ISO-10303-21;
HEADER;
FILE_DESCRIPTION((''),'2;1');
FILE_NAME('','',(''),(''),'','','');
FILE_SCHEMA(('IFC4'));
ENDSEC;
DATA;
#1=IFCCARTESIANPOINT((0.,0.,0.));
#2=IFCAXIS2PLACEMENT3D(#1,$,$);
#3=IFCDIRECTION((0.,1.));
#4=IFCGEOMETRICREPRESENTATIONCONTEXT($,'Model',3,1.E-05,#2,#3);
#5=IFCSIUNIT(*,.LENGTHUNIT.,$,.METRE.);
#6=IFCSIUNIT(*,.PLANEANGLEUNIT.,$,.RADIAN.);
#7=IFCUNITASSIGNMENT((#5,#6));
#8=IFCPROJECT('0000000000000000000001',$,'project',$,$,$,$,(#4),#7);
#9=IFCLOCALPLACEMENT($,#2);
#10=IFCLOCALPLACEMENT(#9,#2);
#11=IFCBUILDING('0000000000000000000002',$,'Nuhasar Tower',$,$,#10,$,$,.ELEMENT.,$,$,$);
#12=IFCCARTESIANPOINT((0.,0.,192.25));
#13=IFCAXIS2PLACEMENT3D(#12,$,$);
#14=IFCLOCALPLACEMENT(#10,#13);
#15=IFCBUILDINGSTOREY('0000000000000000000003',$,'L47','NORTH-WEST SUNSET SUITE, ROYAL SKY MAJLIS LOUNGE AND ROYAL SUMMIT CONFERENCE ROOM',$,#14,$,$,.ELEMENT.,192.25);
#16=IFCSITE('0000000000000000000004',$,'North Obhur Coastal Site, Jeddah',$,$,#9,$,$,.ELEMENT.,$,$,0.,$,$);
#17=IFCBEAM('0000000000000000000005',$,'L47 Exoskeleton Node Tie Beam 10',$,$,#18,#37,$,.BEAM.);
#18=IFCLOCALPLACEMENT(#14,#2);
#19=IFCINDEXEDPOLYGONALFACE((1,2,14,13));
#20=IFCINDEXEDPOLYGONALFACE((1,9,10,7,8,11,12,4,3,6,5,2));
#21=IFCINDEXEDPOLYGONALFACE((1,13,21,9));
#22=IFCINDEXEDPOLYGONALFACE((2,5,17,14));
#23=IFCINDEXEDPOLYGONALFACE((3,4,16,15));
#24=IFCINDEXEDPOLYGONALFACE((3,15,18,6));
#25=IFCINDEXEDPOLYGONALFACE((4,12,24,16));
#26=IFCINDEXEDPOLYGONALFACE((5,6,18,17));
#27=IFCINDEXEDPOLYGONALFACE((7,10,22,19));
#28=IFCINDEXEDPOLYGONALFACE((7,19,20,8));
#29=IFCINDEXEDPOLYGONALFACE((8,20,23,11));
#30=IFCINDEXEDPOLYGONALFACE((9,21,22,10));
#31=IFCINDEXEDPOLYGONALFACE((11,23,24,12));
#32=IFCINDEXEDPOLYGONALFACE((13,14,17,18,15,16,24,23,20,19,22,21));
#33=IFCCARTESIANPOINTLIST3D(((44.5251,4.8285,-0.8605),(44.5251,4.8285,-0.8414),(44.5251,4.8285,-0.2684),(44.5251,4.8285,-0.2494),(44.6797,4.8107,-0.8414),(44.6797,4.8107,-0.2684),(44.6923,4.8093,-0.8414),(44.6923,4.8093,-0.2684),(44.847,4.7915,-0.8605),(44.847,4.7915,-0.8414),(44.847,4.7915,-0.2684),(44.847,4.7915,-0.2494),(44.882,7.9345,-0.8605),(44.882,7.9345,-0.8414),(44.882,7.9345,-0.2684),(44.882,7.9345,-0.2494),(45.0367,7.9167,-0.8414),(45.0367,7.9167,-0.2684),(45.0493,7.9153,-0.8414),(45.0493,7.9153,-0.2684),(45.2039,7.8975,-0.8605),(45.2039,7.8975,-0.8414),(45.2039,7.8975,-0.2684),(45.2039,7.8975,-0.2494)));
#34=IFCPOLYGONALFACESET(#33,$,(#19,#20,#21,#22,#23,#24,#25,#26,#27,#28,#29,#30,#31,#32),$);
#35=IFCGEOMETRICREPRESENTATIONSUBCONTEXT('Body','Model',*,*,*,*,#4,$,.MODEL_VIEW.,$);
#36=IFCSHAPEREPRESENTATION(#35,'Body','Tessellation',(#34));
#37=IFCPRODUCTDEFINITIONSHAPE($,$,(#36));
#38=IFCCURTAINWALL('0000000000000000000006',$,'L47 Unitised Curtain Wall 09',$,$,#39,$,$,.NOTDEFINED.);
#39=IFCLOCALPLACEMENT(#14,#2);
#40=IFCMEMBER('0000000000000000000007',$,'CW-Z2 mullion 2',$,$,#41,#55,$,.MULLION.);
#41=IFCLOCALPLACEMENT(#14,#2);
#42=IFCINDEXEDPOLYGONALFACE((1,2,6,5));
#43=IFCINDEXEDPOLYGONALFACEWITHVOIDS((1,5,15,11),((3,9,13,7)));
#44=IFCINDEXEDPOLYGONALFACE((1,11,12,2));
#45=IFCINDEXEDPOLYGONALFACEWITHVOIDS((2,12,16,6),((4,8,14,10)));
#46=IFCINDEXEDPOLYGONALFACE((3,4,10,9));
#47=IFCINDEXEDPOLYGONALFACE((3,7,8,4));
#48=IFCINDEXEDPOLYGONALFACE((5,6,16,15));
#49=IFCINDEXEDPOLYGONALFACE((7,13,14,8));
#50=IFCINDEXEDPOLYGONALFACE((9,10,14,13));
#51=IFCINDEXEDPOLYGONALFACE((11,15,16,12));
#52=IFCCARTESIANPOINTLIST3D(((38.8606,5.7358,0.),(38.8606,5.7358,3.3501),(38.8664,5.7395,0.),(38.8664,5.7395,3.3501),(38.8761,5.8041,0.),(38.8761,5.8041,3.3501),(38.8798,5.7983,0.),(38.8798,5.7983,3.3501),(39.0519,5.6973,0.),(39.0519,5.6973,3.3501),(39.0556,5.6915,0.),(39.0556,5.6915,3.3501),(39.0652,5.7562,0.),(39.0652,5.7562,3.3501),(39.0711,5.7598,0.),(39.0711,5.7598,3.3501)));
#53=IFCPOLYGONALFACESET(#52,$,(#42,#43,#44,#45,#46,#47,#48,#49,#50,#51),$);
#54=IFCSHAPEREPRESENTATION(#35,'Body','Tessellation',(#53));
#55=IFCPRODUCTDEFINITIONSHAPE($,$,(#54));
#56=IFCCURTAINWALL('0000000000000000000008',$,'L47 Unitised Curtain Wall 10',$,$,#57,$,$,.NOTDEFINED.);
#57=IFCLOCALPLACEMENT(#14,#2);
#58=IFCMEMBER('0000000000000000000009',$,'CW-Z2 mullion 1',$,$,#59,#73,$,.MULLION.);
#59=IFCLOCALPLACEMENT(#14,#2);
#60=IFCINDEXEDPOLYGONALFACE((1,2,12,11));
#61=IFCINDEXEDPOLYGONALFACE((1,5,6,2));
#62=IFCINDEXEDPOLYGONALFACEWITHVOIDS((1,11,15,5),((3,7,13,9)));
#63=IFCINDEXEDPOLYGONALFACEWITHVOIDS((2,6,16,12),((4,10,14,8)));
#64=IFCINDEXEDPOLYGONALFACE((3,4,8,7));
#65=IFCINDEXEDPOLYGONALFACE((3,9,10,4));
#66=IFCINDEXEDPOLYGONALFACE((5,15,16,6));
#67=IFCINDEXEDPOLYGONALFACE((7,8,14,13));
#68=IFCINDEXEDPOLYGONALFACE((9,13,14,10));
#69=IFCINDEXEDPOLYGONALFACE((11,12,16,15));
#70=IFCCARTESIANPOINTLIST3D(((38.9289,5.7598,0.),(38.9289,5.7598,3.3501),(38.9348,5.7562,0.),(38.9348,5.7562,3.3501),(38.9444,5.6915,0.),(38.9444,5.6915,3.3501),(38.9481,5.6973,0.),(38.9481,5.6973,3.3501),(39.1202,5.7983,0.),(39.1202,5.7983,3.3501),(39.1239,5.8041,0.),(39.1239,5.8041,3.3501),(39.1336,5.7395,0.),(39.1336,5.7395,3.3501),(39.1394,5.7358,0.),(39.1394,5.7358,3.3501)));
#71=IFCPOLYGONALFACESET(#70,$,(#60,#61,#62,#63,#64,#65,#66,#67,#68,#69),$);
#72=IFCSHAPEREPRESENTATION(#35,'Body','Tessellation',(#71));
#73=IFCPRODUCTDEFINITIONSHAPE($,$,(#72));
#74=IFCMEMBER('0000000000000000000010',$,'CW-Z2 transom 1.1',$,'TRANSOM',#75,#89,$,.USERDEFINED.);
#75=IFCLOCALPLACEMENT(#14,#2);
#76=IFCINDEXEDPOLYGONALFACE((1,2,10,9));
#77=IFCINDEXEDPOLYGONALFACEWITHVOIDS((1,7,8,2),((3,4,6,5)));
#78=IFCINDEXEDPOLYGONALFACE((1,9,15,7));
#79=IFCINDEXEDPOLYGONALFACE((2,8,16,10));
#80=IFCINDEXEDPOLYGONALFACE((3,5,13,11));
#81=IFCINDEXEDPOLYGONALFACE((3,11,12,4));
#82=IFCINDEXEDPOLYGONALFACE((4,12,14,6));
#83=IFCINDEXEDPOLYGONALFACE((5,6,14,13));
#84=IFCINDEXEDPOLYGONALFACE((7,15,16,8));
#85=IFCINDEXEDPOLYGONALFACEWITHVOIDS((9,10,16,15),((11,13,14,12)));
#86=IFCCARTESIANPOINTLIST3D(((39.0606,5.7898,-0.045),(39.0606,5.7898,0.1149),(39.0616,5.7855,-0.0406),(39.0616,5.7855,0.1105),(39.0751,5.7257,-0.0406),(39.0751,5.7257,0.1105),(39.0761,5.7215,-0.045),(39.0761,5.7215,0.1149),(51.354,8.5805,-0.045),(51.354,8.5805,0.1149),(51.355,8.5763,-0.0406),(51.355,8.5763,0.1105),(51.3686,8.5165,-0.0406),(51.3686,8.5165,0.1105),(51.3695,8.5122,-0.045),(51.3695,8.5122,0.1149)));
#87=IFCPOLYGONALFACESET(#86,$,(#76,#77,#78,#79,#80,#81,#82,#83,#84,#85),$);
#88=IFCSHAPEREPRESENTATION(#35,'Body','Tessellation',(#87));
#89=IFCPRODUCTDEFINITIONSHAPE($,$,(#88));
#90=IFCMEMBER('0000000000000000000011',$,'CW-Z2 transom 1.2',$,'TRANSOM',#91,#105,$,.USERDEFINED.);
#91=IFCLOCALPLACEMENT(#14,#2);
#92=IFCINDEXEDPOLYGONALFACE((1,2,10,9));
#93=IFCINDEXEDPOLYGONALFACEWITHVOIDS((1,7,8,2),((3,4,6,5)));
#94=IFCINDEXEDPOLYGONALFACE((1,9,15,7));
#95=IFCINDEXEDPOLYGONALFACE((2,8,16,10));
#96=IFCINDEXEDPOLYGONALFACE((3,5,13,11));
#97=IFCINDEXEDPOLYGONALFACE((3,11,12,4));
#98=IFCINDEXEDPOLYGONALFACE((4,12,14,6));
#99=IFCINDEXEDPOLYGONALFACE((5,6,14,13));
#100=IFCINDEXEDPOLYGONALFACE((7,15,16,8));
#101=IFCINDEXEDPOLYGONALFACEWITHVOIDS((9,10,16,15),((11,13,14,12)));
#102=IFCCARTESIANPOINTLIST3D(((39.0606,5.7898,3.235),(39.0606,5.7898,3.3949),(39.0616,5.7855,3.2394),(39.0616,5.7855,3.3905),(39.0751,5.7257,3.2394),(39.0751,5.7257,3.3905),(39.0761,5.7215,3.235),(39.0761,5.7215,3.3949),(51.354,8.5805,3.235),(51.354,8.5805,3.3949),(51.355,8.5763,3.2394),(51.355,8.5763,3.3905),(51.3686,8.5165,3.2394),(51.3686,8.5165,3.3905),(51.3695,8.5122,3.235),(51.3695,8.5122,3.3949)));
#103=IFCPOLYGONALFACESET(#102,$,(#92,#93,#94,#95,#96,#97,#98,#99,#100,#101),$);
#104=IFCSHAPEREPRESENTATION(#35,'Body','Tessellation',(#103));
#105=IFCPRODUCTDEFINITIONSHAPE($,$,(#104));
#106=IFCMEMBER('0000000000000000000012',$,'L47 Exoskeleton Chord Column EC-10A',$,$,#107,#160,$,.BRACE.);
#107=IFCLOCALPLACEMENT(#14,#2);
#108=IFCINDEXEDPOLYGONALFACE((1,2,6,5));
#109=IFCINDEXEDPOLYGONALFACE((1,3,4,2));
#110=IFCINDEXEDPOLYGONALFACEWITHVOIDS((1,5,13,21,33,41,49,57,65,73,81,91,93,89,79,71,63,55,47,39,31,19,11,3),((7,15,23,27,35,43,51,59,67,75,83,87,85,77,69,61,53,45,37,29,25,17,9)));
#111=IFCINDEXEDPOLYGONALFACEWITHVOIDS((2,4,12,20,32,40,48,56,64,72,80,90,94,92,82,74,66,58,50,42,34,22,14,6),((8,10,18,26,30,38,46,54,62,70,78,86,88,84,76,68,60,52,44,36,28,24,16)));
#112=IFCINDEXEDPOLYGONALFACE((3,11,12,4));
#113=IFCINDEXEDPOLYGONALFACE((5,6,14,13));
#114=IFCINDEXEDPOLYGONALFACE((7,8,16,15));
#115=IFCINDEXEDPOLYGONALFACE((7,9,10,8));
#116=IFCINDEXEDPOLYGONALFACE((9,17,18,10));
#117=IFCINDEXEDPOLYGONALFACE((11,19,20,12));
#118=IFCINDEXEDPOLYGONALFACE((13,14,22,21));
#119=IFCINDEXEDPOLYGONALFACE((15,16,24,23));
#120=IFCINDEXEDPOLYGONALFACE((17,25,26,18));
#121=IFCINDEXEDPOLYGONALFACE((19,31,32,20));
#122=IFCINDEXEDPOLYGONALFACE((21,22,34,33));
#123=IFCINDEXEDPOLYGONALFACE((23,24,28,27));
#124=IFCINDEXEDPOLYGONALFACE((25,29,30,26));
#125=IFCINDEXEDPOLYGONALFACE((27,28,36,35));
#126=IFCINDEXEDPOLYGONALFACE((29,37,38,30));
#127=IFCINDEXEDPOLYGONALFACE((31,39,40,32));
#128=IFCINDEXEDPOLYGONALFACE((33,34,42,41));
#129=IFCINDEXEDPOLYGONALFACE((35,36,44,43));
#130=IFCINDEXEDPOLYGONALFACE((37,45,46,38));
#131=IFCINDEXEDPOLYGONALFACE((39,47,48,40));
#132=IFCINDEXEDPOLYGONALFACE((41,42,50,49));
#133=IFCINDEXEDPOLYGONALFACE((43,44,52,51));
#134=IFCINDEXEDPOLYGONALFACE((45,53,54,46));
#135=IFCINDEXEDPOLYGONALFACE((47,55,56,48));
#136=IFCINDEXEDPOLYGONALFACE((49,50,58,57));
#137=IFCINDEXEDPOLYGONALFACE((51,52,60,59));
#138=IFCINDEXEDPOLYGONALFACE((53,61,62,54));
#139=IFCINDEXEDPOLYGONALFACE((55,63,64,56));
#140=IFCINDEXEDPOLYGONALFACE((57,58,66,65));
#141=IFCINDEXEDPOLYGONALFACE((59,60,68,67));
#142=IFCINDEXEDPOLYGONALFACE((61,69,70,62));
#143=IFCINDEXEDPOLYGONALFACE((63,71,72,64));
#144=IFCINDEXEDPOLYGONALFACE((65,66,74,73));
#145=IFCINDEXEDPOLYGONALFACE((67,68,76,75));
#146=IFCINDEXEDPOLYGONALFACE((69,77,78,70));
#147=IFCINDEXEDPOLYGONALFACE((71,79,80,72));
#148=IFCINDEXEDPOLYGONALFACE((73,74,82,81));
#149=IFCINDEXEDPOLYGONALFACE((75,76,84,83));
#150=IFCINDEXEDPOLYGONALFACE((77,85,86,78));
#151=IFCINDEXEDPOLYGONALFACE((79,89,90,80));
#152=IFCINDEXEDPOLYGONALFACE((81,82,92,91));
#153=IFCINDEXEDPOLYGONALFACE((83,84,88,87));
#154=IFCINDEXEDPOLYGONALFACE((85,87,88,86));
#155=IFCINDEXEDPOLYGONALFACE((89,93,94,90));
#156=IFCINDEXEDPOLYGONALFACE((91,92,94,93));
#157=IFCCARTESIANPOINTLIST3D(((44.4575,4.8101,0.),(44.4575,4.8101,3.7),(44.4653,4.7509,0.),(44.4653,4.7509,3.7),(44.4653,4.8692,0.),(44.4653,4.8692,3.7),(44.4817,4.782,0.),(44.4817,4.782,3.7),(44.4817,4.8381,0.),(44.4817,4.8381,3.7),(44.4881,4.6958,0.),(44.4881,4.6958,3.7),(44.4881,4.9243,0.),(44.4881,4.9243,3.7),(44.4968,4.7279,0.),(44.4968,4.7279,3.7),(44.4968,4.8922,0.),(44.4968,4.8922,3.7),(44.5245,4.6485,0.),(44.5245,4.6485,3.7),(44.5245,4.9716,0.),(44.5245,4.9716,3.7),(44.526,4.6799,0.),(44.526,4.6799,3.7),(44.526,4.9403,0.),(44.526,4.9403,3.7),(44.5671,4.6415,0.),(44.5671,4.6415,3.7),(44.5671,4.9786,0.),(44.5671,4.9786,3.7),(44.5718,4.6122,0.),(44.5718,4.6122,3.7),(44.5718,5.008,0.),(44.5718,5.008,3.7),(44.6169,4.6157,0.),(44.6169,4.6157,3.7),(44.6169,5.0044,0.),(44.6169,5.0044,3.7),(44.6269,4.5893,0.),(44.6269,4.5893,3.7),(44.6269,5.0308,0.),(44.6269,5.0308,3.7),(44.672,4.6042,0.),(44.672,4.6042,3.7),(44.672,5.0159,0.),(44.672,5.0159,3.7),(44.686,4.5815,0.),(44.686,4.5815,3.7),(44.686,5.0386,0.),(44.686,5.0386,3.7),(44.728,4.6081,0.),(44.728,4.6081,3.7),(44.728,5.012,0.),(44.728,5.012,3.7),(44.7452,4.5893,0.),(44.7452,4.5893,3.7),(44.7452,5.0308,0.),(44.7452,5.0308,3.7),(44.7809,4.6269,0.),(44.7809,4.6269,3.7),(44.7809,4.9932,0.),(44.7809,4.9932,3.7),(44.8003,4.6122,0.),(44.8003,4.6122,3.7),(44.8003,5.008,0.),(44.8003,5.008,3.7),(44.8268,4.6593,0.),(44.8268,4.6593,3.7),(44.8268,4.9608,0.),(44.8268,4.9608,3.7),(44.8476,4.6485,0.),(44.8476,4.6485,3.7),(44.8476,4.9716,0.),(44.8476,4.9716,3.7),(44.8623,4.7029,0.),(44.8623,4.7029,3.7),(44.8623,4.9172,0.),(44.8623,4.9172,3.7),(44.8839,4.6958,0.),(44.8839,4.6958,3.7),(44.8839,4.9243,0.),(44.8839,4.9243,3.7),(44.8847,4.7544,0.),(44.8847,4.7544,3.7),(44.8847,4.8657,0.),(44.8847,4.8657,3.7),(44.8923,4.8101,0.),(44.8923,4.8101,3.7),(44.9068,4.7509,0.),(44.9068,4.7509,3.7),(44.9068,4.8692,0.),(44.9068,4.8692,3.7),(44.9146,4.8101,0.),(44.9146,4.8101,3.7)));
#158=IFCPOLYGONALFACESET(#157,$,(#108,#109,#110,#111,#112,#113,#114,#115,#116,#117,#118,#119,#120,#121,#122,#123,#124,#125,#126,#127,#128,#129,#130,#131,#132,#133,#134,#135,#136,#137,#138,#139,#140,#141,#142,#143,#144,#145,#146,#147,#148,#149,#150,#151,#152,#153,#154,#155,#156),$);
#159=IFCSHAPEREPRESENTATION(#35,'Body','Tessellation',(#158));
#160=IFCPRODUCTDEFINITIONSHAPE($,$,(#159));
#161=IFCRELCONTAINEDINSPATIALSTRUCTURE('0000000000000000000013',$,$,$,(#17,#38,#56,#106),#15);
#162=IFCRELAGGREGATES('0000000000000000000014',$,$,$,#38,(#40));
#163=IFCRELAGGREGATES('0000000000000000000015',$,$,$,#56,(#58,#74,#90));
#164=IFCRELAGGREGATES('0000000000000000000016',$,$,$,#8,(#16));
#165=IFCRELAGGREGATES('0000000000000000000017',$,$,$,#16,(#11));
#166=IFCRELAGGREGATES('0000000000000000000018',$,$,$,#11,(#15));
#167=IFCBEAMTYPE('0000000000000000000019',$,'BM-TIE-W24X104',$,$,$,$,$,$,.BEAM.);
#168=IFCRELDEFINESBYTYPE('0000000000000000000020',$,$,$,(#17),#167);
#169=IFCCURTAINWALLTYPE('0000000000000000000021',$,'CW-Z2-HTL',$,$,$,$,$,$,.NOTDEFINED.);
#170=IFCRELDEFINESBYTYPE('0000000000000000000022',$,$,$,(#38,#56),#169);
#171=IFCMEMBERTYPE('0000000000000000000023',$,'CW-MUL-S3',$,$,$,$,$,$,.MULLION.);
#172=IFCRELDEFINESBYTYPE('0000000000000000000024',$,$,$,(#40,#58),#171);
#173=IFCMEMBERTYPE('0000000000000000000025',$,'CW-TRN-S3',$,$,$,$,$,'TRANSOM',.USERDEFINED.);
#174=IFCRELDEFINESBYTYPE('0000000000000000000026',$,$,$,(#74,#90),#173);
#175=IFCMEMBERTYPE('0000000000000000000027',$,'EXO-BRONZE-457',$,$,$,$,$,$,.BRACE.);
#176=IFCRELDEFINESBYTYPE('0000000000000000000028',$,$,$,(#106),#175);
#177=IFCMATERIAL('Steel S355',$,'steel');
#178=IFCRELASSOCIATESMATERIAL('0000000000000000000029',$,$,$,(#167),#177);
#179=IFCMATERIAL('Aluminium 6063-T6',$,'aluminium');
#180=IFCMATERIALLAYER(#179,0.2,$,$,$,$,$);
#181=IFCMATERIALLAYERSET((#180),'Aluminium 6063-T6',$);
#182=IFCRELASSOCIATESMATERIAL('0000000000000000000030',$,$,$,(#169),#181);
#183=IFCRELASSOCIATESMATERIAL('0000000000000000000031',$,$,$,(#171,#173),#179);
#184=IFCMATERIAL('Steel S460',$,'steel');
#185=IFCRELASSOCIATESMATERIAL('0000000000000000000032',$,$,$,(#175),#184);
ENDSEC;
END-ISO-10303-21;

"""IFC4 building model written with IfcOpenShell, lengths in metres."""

from ifc_helpers import new_model, si_unit, direction, frame, origin, origin_2d, place, context, subcontext, project, spatial, hollow_rectangle, hollow_circle, i_section, extrude, material, layer, layer_set, material_profile, profile_set, type_object, element, aggregate, save


model = new_model("IFC4")

# Units and contexts
model_context = context("Model", 3, precision=1e-05, world=origin(), true_north=direction((0.0, 1.0)))
body_context = subcontext(model_context, "Body", "Model", "MODEL_VIEW")
ifc_project = project(units=[si_unit("LENGTHUNIT", "METRE"), si_unit("PLANEANGLEUNIT", "RADIAN")], contexts=[model_context])

# Site, building, storey
site_placement = place(None, origin())
site = spatial("IfcSite", under=ifc_project, at=site_placement, Name="North Obhur Coastal Site, Jeddah", CompositionType="ELEMENT", RefElevation=0.0)
building_placement = place(site_placement, origin())
building = spatial("IfcBuilding", under=site, at=building_placement, Name="Nuhasar Tower", CompositionType="ELEMENT")
storey_placement = place(building_placement, frame((0.0, 0.0, 192.25)))
storey = spatial("IfcBuildingStorey", under=building, at=storey_placement, Name="L47", Description="NORTH-WEST SUNSET SUITE, ROYAL SKY MAJLIS LOUNGE AND ROYAL SUMMIT CONFERENCE ROOM", CompositionType="ELEMENT", Elevation=192.25)

# Beam
ifc_material_1 = material(Name="Steel S355", Category="steel")
ifc_material_profile_1 = material_profile(ifc_material_1, i_section(OverallWidth=0.324, OverallDepth=0.6111, WebThickness=0.0127, FlangeThickness=0.019, at=origin_2d()), Name="W24X104")
ifc_profile_set_1 = profile_set([ifc_material_profile_1], Name="Steel S355")
beam_type_1 = type_object("IfcBeamType", Name="BM-TIE-W24X104", PredefinedType="BEAM", material=ifc_profile_set_1)
beam_1_placement = place(storey_placement, frame((45.043, 7.916, -0.5549), z_axis=(-0.114168, -0.993461, 0.0), x_axis=(0.993461, -0.114168, 0.0)))
element("IfcBeam", 1, at=beam_1_placement, inside=storey, type_object=beam_type_1, Name="L47 Exoskeleton Node Tie Beam 10", PredefinedType="BEAM", context=body_context, shape_type="SweptSolid", body=[
    extrude(i_section(OverallWidth=0.324, OverallDepth=0.6111, WebThickness=0.0127, FlangeThickness=0.019, at=origin_2d()), origin(), (0.0, 0.0, 1.0), 3.1265),
])

# Curtain wall, member
ifc_material_2 = material(Name="Aluminium 6063-T6", Category="aluminium")
ifc_layer_1 = layer(ifc_material_2, 0.2)
ifc_layer_set_1 = layer_set([ifc_layer_1], Name="Aluminium 6063-T6")
curtain_wall_type = type_object("IfcCurtainWallType", Name="CW-Z2-HTL", PredefinedType="NOTDEFINED", material=ifc_layer_set_1)
curtain_wall_1_placement = place(storey_placement, origin())
curtain_wall_1 = element("IfcCurtainWall", 2, at=curtain_wall_1_placement, inside=storey, type_object=curtain_wall_type, Name="L47 Unitised Curtain Wall 09", PredefinedType="NOTDEFINED")
ifc_material_profile_2 = material_profile(ifc_material_2, hollow_rectangle(XDim=0.0701, YDim=0.2, WallThickness=0.0049, at=origin_2d()), Name="CWM-3")
ifc_profile_set_2 = profile_set([ifc_material_profile_2], Name="Aluminium 6063-T6")
member_type_1 = type_object("IfcMemberType", Name="CW-MUL-S3", PredefinedType="MULLION", material=ifc_profile_set_2)
member_1_placement = place(storey_placement, frame((38.9658, 5.7478, 0.0), z_axis=(0.0, 0.0, 1.0), x_axis=(0.221397, 0.975184, 0.0)))
member_1 = element("IfcMember", 3, at=member_1_placement, type_object=member_type_1, Name="CW-Z2 mullion 2", PredefinedType="MULLION", context=body_context, shape_type="SweptSolid", body=[
    extrude(hollow_rectangle(XDim=0.0701, YDim=0.2, WallThickness=0.0049, at=origin_2d()), origin(), (0.0, 0.0, 1.0), 3.3501),
])
aggregate(curtain_wall_1, [member_1])

# Curtain wall, members
curtain_wall_2_placement = place(storey_placement, origin())
curtain_wall_2 = element("IfcCurtainWall", 4, at=curtain_wall_2_placement, inside=storey, type_object=curtain_wall_type, Name="L47 Unitised Curtain Wall 10", PredefinedType="NOTDEFINED")
member_2_placement = place(storey_placement, frame((39.0342, 5.7478, 0.0), z_axis=(0.0, 0.0, 1.0), x_axis=(-0.221397, 0.975184, 0.0)))
member_2 = element("IfcMember", 5, at=member_2_placement, type_object=member_type_1, Name="CW-Z2 mullion 1", PredefinedType="MULLION", context=body_context, shape_type="SweptSolid", body=[
    extrude(hollow_rectangle(XDim=0.0701, YDim=0.2, WallThickness=0.0049, at=origin_2d()), origin(), (0.0, 0.0, 1.0), 3.3501),
])
ifc_material_profile_3 = material_profile(ifc_material_2, hollow_rectangle(XDim=0.0701, YDim=0.1599, WallThickness=0.0044, at=origin_2d()), Name="CWT-3")
ifc_profile_set_3 = profile_set([ifc_material_profile_3], Name="Aluminium 6063-T6")
member_type_2 = type_object("IfcMemberType", Name="CW-TRN-S3", ElementType="TRANSOM", PredefinedType="USERDEFINED", material=ifc_profile_set_3)
member_3_placement = place(storey_placement, frame((39.0684, 5.7556, 0.0349), z_axis=(0.975188, 0.22138, 0.0), x_axis=(-0.22138, 0.975188, 0.0)))
member_3 = element("IfcMember", 6, at=member_3_placement, type_object=member_type_2, Name="CW-Z2 transom 1.1", ObjectType="TRANSOM", PredefinedType="USERDEFINED", context=body_context, shape_type="SweptSolid", body=[
    extrude(hollow_rectangle(XDim=0.0701, YDim=0.1599, WallThickness=0.0044, at=origin_2d()), origin(), (0.0, 0.0, 1.0), 12.6062),
])
member_4_placement = place(storey_placement, frame((39.0684, 5.7556, 3.3149), z_axis=(0.975188, 0.22138, 0.0), x_axis=(-0.22138, 0.975188, 0.0)))
member_4 = element("IfcMember", 7, at=member_4_placement, type_object=member_type_2, Name="CW-Z2 transom 1.2", ObjectType="TRANSOM", PredefinedType="USERDEFINED", context=body_context, shape_type="SweptSolid", body=[
    extrude(hollow_rectangle(XDim=0.0701, YDim=0.1599, WallThickness=0.0044, at=origin_2d()), origin(), (0.0, 0.0, 1.0), 12.6062),
])

# Member
ifc_material_3 = material(Name="Steel S460", Category="steel")
ifc_material_profile_4 = material_profile(ifc_material_3, hollow_circle(Radius=0.2285, WallThickness=0.0222, at=origin_2d()), Name="HSS457X22.2")
ifc_profile_set_4 = profile_set([ifc_material_profile_4], Name="Steel S460")
member_type_3 = type_object("IfcMemberType", Name="EXO-BRONZE-457", PredefinedType="BRACE", material=ifc_profile_set_4)
member_5_placement = place(storey_placement, frame((44.686, 4.8101, 0.0), z_axis=(0.0, 0.0, 1.0), x_axis=(1.0, 0.0, 0.0)))
element("IfcMember", 8, at=member_5_placement, inside=storey, type_object=member_type_3, Name="L47 Exoskeleton Chord Column EC-10A", PredefinedType="BRACE", context=body_context, shape_type="SweptSolid", body=[
    extrude(hollow_circle(Radius=0.2285, WallThickness=0.0222, at=origin_2d()), origin(), (0.0, 0.0, 1.0), 3.7),
])

aggregate(curtain_wall_2, [member_2, member_3, member_4])

save(model, "model.ifc")
